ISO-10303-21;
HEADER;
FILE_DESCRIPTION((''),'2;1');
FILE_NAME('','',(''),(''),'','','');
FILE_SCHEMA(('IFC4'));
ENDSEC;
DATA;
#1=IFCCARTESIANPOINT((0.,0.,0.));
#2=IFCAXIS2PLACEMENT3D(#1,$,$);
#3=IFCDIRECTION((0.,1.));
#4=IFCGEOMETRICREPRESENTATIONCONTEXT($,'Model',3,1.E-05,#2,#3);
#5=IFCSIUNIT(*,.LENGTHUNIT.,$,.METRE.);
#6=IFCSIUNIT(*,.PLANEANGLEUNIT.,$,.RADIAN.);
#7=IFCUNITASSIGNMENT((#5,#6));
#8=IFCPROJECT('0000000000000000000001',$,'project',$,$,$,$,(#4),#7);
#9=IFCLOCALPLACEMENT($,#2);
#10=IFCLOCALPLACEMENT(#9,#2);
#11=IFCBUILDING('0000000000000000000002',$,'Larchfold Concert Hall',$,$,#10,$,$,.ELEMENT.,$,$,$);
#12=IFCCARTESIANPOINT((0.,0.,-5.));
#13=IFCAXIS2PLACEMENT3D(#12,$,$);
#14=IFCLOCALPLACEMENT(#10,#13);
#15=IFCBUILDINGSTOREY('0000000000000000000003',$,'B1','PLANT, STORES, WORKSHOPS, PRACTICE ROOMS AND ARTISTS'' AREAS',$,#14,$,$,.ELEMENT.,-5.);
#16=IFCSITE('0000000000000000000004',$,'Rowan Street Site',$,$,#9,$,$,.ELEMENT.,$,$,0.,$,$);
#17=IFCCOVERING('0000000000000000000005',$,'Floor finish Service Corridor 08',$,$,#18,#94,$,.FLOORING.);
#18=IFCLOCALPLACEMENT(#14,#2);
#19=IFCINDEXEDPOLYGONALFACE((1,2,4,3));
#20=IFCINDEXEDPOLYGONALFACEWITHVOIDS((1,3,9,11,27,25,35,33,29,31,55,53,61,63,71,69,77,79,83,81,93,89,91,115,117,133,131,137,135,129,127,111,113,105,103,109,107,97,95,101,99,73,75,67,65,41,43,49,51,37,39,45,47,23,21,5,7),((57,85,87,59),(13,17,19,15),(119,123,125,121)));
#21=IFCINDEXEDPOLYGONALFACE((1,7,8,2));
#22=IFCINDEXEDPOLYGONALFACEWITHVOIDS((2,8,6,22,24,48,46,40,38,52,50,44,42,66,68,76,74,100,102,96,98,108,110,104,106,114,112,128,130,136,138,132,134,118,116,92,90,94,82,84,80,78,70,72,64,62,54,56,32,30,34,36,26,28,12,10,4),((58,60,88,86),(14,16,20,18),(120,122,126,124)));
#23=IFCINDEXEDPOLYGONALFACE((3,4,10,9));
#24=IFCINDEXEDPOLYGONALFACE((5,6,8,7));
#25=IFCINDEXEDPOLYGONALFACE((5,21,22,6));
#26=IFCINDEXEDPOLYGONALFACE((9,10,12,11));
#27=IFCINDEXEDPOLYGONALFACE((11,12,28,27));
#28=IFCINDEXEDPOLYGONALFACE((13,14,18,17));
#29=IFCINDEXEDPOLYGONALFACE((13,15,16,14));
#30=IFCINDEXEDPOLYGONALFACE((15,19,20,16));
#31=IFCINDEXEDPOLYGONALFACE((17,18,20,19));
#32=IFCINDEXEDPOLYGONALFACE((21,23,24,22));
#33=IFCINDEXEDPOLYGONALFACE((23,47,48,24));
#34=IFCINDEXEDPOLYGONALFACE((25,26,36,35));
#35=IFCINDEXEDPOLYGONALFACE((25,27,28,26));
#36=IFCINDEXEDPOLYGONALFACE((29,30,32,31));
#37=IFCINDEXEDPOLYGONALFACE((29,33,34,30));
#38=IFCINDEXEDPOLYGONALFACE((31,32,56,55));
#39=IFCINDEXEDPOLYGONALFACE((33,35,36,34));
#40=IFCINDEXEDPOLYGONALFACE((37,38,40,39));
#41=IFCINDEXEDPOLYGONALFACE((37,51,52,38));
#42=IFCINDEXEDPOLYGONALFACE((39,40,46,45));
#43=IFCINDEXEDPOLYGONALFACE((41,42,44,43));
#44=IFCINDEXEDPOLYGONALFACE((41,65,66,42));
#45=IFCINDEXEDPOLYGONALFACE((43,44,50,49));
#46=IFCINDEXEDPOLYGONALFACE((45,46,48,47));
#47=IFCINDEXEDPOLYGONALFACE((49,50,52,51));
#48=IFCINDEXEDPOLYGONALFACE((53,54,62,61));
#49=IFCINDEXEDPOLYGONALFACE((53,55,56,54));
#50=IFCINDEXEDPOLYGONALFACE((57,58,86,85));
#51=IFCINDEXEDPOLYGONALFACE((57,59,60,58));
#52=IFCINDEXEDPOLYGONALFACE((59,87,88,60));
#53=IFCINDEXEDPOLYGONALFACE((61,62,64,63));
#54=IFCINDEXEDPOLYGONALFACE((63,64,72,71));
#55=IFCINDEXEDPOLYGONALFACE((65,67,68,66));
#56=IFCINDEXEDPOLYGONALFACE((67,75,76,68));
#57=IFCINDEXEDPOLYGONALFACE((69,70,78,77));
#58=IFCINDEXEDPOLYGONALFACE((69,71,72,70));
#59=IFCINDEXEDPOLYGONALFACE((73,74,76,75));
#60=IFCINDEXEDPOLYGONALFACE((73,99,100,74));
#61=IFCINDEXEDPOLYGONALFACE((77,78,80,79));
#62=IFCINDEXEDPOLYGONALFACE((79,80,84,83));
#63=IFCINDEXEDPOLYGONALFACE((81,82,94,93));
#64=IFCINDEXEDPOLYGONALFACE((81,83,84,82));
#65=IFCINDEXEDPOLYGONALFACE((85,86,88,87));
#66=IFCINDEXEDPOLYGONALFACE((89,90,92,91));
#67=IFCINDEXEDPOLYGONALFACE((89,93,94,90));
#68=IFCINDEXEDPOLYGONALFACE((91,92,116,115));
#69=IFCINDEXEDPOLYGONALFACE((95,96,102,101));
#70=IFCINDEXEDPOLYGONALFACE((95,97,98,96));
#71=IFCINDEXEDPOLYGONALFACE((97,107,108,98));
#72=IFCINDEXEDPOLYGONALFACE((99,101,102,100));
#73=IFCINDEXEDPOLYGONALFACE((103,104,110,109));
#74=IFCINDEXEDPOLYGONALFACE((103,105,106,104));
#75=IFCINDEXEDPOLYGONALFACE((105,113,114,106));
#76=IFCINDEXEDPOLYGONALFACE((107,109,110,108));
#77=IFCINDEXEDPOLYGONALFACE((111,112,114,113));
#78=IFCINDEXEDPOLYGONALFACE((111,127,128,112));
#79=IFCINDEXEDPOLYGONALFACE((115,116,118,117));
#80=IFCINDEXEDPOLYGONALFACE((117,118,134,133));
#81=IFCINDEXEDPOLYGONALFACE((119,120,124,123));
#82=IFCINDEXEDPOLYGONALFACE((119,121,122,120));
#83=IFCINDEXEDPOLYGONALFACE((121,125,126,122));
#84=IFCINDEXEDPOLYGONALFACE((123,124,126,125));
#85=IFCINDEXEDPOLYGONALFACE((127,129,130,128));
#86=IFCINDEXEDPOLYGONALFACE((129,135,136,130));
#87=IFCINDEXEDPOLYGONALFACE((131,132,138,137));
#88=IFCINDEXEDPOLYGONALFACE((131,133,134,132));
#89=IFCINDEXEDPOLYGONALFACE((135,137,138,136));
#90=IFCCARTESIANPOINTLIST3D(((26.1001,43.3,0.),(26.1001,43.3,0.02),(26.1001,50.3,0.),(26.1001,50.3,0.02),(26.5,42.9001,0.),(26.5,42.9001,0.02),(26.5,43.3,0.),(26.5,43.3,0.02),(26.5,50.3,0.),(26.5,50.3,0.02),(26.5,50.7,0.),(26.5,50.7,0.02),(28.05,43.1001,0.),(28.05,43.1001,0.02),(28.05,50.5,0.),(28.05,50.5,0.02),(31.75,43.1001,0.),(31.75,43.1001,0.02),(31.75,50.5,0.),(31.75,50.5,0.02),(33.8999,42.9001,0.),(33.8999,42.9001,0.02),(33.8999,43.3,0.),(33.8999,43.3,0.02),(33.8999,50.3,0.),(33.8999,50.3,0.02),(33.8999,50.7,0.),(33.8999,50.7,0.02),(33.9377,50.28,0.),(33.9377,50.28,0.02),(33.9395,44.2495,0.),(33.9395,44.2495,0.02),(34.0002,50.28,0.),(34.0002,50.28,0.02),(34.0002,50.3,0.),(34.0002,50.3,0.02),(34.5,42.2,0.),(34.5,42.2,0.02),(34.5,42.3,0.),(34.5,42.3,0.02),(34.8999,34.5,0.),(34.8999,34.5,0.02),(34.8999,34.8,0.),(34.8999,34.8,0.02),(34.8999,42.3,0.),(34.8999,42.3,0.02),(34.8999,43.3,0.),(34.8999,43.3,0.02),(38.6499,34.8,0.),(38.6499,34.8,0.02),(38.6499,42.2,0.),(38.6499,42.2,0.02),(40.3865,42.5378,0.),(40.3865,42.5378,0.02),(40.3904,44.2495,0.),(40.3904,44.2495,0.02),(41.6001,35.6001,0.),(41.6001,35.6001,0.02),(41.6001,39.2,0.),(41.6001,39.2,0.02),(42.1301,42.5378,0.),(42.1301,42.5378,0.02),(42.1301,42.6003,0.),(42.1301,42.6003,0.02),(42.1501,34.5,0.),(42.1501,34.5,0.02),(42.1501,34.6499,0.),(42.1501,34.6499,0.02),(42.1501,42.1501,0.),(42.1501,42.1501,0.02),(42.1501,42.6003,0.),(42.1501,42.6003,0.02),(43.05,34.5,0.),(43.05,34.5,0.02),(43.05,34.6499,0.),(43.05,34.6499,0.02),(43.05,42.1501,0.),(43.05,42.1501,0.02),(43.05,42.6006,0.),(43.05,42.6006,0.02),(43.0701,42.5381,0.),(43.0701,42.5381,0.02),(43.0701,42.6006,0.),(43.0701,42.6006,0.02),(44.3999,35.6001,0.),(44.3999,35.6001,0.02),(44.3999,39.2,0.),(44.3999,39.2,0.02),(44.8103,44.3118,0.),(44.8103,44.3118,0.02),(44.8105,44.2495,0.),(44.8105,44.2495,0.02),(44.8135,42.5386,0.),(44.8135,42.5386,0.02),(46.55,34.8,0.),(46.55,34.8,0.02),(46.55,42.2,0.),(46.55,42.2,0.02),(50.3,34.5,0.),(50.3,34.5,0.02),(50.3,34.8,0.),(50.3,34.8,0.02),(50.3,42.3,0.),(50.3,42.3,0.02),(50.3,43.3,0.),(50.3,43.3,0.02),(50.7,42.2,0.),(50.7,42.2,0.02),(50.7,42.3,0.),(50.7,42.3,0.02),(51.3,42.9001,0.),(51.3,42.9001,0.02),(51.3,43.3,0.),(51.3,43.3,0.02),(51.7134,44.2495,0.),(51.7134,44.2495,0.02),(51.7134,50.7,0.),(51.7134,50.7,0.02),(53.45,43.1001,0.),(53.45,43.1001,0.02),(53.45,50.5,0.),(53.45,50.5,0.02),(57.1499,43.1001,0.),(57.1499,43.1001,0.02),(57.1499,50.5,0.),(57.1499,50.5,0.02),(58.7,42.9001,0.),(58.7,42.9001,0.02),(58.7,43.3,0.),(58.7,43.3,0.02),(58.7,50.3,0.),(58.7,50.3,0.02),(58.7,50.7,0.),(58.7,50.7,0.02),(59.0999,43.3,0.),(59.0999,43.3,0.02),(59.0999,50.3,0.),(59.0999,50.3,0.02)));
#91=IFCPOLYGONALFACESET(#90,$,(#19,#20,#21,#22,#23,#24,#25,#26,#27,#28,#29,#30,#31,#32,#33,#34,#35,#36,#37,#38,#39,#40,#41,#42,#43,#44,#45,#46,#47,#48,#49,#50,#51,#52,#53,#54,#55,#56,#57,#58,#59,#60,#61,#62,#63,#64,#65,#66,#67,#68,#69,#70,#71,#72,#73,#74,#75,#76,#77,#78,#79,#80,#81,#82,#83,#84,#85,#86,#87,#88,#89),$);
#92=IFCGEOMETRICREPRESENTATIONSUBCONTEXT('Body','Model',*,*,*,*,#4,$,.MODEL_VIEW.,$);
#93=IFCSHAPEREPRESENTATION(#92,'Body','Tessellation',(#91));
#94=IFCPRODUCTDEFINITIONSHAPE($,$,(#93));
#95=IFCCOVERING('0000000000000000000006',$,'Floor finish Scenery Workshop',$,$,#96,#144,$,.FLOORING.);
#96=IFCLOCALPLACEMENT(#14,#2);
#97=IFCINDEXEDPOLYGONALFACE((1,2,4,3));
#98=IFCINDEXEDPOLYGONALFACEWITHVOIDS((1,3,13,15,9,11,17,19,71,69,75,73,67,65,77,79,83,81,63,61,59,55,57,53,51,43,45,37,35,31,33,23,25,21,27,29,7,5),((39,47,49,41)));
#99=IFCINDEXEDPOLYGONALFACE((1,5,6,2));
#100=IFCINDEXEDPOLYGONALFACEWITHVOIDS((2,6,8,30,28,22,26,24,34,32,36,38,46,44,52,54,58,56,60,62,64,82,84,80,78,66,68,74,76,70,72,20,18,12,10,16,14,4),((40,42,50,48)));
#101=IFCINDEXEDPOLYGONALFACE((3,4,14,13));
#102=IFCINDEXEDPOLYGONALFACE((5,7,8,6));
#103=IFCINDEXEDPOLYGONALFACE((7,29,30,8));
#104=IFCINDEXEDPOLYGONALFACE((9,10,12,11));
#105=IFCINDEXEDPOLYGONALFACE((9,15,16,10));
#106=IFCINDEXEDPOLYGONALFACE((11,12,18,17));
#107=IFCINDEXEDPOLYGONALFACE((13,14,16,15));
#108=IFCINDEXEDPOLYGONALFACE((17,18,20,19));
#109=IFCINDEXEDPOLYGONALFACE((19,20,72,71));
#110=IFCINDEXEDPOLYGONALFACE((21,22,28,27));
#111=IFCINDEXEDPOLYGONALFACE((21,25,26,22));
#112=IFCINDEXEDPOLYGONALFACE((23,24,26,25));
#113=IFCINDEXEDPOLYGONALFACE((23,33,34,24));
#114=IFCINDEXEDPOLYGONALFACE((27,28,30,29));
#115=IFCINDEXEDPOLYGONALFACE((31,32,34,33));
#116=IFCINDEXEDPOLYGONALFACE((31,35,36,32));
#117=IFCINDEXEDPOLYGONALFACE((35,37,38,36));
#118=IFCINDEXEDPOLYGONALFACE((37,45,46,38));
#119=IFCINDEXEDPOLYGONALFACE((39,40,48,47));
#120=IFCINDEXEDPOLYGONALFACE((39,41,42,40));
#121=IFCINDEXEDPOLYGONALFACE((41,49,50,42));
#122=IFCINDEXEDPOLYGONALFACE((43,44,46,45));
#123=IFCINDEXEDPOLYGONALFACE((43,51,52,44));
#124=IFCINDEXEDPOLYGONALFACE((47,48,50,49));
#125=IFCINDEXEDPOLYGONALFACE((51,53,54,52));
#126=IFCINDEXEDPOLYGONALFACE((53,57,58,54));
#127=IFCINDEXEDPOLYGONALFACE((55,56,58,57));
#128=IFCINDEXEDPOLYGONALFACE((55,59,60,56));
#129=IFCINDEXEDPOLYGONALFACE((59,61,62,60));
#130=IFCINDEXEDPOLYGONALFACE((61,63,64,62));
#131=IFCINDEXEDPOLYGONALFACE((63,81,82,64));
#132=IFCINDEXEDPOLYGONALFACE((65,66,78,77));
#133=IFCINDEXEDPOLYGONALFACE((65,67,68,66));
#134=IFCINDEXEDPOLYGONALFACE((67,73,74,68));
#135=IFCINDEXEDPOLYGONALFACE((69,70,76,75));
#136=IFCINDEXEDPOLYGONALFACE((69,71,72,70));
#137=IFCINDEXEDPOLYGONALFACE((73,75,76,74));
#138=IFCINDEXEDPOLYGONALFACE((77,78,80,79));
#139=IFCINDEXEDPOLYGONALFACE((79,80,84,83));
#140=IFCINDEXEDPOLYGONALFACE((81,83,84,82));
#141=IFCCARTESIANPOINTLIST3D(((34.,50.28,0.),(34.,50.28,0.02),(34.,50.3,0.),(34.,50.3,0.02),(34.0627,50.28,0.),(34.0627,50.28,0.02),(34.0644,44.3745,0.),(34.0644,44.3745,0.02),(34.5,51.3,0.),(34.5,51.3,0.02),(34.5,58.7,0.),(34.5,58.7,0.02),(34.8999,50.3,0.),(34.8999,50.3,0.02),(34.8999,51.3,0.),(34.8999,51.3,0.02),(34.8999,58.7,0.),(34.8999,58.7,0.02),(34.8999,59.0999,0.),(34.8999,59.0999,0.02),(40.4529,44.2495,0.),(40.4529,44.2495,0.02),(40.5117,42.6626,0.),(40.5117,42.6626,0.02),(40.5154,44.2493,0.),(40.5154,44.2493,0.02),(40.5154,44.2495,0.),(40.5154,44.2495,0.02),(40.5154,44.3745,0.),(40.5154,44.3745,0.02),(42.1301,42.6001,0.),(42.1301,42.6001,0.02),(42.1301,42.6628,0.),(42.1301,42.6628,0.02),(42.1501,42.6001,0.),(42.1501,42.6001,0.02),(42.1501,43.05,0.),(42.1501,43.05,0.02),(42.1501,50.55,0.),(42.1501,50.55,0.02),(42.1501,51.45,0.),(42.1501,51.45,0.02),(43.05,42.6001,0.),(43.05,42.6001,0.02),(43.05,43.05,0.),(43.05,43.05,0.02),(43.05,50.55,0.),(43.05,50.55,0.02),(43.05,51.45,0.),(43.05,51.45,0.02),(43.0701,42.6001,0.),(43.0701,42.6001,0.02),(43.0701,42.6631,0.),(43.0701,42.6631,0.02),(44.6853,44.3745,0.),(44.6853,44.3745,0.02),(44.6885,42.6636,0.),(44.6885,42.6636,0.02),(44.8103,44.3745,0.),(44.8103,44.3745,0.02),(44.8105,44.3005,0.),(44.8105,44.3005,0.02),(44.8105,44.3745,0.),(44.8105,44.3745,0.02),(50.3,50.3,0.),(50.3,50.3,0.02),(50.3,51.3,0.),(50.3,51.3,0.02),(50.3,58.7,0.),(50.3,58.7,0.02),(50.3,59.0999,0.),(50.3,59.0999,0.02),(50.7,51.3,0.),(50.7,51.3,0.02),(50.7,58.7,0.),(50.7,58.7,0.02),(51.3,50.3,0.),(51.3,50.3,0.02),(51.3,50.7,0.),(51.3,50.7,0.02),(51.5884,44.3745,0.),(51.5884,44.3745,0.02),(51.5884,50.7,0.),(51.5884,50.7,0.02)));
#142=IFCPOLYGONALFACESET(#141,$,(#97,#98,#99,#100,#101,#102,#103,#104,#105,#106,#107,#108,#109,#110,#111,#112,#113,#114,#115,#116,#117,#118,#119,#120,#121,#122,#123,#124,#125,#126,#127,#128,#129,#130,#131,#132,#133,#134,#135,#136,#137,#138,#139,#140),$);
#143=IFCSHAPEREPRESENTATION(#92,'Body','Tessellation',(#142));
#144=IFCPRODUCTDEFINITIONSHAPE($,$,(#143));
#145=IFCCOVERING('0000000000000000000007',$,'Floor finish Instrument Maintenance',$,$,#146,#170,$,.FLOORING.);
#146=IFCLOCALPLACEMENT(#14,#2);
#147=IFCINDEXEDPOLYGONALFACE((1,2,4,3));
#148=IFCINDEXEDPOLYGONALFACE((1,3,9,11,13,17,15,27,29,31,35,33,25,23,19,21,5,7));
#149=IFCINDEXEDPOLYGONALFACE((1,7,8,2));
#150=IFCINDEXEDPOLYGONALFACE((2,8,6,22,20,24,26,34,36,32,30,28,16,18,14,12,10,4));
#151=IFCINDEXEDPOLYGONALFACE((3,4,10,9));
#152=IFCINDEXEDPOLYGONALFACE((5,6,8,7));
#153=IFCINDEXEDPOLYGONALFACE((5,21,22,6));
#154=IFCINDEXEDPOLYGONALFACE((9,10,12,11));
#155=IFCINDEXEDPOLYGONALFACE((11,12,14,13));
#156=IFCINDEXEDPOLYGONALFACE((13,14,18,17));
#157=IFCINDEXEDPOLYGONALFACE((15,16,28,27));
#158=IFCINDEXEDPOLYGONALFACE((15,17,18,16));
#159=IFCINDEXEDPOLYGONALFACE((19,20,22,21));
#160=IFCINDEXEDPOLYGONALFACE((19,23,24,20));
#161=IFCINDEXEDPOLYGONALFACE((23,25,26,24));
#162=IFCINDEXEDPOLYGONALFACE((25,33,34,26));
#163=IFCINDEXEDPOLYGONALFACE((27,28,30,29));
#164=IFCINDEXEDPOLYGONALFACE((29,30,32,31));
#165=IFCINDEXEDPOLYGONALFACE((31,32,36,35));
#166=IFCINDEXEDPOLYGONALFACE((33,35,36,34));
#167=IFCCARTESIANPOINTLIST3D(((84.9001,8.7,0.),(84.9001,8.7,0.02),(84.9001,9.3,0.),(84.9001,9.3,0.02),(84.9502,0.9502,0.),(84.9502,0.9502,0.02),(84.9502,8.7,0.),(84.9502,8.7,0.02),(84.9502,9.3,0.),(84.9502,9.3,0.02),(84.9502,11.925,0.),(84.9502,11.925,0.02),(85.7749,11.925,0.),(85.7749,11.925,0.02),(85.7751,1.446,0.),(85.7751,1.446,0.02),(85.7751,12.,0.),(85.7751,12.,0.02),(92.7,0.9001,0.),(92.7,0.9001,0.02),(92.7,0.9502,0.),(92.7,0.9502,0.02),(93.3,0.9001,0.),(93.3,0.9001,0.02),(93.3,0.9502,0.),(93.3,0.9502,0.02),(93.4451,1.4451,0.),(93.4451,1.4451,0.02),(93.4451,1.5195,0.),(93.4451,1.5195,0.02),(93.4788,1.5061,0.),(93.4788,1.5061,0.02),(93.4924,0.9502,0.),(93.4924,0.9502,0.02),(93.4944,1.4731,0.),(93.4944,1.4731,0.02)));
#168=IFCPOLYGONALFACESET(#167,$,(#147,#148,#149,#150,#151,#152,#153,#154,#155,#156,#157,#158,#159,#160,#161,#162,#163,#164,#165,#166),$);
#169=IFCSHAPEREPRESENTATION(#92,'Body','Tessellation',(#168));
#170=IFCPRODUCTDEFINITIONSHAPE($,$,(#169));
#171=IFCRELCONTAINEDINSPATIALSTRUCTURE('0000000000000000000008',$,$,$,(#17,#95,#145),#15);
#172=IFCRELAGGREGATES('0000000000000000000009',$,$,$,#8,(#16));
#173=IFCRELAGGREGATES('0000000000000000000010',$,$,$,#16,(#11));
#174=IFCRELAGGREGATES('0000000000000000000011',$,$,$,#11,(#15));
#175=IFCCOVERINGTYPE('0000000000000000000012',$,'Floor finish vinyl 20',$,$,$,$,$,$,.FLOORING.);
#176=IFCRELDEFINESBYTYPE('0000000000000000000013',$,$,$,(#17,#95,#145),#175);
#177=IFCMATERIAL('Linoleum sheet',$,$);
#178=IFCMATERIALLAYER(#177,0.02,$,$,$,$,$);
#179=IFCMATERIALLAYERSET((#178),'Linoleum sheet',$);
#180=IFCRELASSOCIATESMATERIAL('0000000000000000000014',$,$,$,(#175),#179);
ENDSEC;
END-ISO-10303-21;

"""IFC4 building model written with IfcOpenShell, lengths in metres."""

from ifc_helpers import new_model, si_unit, direction, frame, origin, place, context, subcontext, project, spatial, polyline, outline, extrude, material, layer, layer_set, type_object, element, save


model = new_model("IFC4")

# Units and contexts
model_context = context("Model", 3, precision=1e-05, world=origin(), true_north=direction((0.0, 1.0)))
body_context = subcontext(model_context, "Body", "Model", "MODEL_VIEW")
ifc_project = project(units=[si_unit("LENGTHUNIT", "METRE"), si_unit("PLANEANGLEUNIT", "RADIAN")], contexts=[model_context])

# Site, building, storey
site_placement = place(None, origin())
site = spatial("IfcSite", under=ifc_project, at=site_placement, Name="Rowan Street Site", CompositionType="ELEMENT", RefElevation=0.0)
building_placement = place(site_placement, origin())
building = spatial("IfcBuilding", under=site, at=building_placement, Name="Larchfold Concert Hall", CompositionType="ELEMENT")
storey_placement = place(building_placement, frame((0.0, 0.0, -5.0)))
storey = spatial("IfcBuildingStorey", under=building, at=storey_placement, Name="B1", Description="PLANT, STORES, WORKSHOPS, PRACTICE ROOMS AND ARTISTS' AREAS", CompositionType="ELEMENT", Elevation=-5.0)

# Coverings
ifc_material_1 = material(Name="Linoleum sheet")
ifc_layer_1 = layer(ifc_material_1, 0.02)
ifc_layer_set_1 = layer_set([ifc_layer_1], Name="Linoleum sheet")
covering_type_1 = type_object("IfcCoveringType", Name="Floor finish vinyl 20", PredefinedType="FLOORING", material=ifc_layer_set_1)
covering_1_placement = place(storey_placement, origin())
element("IfcCovering", 1, at=covering_1_placement, inside=storey, type_object=covering_type_1, Name="Floor finish Service Corridor 08", PredefinedType="FLOORING", context=body_context, shape_type="SweptSolid", body=[
    extrude(outline(polyline([(33.9395, 44.2495), (33.9377, 50.28), (34.0002, 50.28), (34.0002, 50.3), (33.8999, 50.3), (33.8999, 50.7), (26.5, 50.7), (26.5, 50.3), (26.1001, 50.3), (26.1001, 43.3), (26.5, 43.3), (26.5, 42.9001), (33.8999, 42.9001), (33.8999, 43.3), (34.8999, 43.3), (34.8999, 42.3), (34.5, 42.3), (34.5, 42.2), (38.6499, 42.2), (38.6499, 34.8), (34.8999, 34.8), (34.8999, 34.5), (42.1501, 34.5), (42.1501, 34.6499), (43.05, 34.6499), (43.05, 34.5), (50.3, 34.5), (50.3, 34.8), (46.55, 34.8), (46.55, 42.2), (50.7, 42.2), (50.7, 42.3), (50.3, 42.3), (50.3, 43.3), (51.3, 43.3), (51.3, 42.9001), (58.7, 42.9001), (58.7, 43.3), (59.0999, 43.3), (59.0999, 50.3), (58.7, 50.3), (58.7, 50.7), (51.7134, 50.7), (51.7134, 44.2495), (44.8105, 44.2495), (44.8103, 44.3118), (44.8135, 42.5386), (43.0701, 42.5381), (43.0701, 42.6006), (43.05, 42.6006), (43.05, 42.1501), (42.1501, 42.1501), (42.1501, 42.6003), (42.1301, 42.6003), (42.1301, 42.5378), (40.3865, 42.5378), (40.3904, 44.2495), (33.9395, 44.2495)]), holes=[polyline([(57.1499, 50.5), (57.1499, 43.1001), (53.45, 43.1001), (53.45, 50.5), (57.1499, 50.5)]), polyline([(41.6001, 39.2), (44.3999, 39.2), (44.3999, 35.6001), (41.6001, 35.6001), (41.6001, 39.2)]), polyline([(31.75, 50.5), (31.75, 43.1001), (28.05, 43.1001), (28.05, 50.5), (31.75, 50.5)])]), origin(), (0.0, 0.0, 1.0), 0.02),
])
covering_2_placement = place(storey_placement, origin())
element("IfcCovering", 2, at=covering_2_placement, inside=storey, type_object=covering_type_1, Name="Floor finish Scenery Workshop", PredefinedType="FLOORING", context=body_context, shape_type="SweptSolid", body=[
    extrude(outline(polyline([(34.0645, 44.3005), (34.0645, 44.3745), (40.5154, 44.3745), (40.5154, 44.2495), (40.4529, 44.2495), (40.5154, 44.2493), (40.5117, 42.6626), (42.1301, 42.6628), (42.1301, 42.6001), (42.1501, 42.6001), (42.1501, 43.05), (43.05, 43.05), (43.05, 42.6001), (43.0701, 42.6001), (43.0701, 42.6631), (44.6885, 42.6636), (44.6853, 44.3745), (44.8103, 44.3745), (44.8105, 44.3005), (44.8105, 44.3745), (51.5884, 44.3745), (51.5884, 50.7), (51.3, 50.7), (51.3, 50.3), (50.3, 50.3), (50.3, 51.3), (50.7, 51.3), (50.7, 58.7), (50.3, 58.7), (50.3, 59.0999), (34.8999, 59.0999), (34.8999, 58.7), (34.5, 58.7), (34.5, 51.3), (34.8999, 51.3), (34.8999, 50.3), (34.0, 50.3), (34.0, 50.28), (34.0627, 50.28), (34.0645, 44.3005)]), holes=[polyline([(42.1501, 51.45), (43.05, 51.45), (43.05, 50.55), (42.1501, 50.55), (42.1501, 51.45)])]), origin(), (0.0, 0.0, 1.0), 0.02),
])
covering_3_placement = place(storey_placement, origin())
element("IfcCovering", 3, at=covering_3_placement, inside=storey, type_object=covering_type_1, Name="Floor finish Instrument Maintenance", PredefinedType="FLOORING", context=body_context, shape_type="SweptSolid", body=[
    extrude(outline(polyline([(84.9502, 9.3), (84.9001, 9.3), (84.9001, 8.7), (84.9502, 8.7), (84.9502, 0.9502), (92.7, 0.9502), (92.7, 0.9001), (93.3, 0.9001), (93.3, 0.9502), (93.4924, 0.9502), (93.4944, 1.4731), (93.4788, 1.5061), (93.4451, 1.5195), (93.4451, 1.4451), (85.7751, 1.446), (85.7751, 12.0), (85.7749, 11.925), (84.9502, 11.925), (84.9502, 9.3)])), origin(), (0.0, 0.0, 1.0), 0.02),
])

save(model, "model.ifc")
